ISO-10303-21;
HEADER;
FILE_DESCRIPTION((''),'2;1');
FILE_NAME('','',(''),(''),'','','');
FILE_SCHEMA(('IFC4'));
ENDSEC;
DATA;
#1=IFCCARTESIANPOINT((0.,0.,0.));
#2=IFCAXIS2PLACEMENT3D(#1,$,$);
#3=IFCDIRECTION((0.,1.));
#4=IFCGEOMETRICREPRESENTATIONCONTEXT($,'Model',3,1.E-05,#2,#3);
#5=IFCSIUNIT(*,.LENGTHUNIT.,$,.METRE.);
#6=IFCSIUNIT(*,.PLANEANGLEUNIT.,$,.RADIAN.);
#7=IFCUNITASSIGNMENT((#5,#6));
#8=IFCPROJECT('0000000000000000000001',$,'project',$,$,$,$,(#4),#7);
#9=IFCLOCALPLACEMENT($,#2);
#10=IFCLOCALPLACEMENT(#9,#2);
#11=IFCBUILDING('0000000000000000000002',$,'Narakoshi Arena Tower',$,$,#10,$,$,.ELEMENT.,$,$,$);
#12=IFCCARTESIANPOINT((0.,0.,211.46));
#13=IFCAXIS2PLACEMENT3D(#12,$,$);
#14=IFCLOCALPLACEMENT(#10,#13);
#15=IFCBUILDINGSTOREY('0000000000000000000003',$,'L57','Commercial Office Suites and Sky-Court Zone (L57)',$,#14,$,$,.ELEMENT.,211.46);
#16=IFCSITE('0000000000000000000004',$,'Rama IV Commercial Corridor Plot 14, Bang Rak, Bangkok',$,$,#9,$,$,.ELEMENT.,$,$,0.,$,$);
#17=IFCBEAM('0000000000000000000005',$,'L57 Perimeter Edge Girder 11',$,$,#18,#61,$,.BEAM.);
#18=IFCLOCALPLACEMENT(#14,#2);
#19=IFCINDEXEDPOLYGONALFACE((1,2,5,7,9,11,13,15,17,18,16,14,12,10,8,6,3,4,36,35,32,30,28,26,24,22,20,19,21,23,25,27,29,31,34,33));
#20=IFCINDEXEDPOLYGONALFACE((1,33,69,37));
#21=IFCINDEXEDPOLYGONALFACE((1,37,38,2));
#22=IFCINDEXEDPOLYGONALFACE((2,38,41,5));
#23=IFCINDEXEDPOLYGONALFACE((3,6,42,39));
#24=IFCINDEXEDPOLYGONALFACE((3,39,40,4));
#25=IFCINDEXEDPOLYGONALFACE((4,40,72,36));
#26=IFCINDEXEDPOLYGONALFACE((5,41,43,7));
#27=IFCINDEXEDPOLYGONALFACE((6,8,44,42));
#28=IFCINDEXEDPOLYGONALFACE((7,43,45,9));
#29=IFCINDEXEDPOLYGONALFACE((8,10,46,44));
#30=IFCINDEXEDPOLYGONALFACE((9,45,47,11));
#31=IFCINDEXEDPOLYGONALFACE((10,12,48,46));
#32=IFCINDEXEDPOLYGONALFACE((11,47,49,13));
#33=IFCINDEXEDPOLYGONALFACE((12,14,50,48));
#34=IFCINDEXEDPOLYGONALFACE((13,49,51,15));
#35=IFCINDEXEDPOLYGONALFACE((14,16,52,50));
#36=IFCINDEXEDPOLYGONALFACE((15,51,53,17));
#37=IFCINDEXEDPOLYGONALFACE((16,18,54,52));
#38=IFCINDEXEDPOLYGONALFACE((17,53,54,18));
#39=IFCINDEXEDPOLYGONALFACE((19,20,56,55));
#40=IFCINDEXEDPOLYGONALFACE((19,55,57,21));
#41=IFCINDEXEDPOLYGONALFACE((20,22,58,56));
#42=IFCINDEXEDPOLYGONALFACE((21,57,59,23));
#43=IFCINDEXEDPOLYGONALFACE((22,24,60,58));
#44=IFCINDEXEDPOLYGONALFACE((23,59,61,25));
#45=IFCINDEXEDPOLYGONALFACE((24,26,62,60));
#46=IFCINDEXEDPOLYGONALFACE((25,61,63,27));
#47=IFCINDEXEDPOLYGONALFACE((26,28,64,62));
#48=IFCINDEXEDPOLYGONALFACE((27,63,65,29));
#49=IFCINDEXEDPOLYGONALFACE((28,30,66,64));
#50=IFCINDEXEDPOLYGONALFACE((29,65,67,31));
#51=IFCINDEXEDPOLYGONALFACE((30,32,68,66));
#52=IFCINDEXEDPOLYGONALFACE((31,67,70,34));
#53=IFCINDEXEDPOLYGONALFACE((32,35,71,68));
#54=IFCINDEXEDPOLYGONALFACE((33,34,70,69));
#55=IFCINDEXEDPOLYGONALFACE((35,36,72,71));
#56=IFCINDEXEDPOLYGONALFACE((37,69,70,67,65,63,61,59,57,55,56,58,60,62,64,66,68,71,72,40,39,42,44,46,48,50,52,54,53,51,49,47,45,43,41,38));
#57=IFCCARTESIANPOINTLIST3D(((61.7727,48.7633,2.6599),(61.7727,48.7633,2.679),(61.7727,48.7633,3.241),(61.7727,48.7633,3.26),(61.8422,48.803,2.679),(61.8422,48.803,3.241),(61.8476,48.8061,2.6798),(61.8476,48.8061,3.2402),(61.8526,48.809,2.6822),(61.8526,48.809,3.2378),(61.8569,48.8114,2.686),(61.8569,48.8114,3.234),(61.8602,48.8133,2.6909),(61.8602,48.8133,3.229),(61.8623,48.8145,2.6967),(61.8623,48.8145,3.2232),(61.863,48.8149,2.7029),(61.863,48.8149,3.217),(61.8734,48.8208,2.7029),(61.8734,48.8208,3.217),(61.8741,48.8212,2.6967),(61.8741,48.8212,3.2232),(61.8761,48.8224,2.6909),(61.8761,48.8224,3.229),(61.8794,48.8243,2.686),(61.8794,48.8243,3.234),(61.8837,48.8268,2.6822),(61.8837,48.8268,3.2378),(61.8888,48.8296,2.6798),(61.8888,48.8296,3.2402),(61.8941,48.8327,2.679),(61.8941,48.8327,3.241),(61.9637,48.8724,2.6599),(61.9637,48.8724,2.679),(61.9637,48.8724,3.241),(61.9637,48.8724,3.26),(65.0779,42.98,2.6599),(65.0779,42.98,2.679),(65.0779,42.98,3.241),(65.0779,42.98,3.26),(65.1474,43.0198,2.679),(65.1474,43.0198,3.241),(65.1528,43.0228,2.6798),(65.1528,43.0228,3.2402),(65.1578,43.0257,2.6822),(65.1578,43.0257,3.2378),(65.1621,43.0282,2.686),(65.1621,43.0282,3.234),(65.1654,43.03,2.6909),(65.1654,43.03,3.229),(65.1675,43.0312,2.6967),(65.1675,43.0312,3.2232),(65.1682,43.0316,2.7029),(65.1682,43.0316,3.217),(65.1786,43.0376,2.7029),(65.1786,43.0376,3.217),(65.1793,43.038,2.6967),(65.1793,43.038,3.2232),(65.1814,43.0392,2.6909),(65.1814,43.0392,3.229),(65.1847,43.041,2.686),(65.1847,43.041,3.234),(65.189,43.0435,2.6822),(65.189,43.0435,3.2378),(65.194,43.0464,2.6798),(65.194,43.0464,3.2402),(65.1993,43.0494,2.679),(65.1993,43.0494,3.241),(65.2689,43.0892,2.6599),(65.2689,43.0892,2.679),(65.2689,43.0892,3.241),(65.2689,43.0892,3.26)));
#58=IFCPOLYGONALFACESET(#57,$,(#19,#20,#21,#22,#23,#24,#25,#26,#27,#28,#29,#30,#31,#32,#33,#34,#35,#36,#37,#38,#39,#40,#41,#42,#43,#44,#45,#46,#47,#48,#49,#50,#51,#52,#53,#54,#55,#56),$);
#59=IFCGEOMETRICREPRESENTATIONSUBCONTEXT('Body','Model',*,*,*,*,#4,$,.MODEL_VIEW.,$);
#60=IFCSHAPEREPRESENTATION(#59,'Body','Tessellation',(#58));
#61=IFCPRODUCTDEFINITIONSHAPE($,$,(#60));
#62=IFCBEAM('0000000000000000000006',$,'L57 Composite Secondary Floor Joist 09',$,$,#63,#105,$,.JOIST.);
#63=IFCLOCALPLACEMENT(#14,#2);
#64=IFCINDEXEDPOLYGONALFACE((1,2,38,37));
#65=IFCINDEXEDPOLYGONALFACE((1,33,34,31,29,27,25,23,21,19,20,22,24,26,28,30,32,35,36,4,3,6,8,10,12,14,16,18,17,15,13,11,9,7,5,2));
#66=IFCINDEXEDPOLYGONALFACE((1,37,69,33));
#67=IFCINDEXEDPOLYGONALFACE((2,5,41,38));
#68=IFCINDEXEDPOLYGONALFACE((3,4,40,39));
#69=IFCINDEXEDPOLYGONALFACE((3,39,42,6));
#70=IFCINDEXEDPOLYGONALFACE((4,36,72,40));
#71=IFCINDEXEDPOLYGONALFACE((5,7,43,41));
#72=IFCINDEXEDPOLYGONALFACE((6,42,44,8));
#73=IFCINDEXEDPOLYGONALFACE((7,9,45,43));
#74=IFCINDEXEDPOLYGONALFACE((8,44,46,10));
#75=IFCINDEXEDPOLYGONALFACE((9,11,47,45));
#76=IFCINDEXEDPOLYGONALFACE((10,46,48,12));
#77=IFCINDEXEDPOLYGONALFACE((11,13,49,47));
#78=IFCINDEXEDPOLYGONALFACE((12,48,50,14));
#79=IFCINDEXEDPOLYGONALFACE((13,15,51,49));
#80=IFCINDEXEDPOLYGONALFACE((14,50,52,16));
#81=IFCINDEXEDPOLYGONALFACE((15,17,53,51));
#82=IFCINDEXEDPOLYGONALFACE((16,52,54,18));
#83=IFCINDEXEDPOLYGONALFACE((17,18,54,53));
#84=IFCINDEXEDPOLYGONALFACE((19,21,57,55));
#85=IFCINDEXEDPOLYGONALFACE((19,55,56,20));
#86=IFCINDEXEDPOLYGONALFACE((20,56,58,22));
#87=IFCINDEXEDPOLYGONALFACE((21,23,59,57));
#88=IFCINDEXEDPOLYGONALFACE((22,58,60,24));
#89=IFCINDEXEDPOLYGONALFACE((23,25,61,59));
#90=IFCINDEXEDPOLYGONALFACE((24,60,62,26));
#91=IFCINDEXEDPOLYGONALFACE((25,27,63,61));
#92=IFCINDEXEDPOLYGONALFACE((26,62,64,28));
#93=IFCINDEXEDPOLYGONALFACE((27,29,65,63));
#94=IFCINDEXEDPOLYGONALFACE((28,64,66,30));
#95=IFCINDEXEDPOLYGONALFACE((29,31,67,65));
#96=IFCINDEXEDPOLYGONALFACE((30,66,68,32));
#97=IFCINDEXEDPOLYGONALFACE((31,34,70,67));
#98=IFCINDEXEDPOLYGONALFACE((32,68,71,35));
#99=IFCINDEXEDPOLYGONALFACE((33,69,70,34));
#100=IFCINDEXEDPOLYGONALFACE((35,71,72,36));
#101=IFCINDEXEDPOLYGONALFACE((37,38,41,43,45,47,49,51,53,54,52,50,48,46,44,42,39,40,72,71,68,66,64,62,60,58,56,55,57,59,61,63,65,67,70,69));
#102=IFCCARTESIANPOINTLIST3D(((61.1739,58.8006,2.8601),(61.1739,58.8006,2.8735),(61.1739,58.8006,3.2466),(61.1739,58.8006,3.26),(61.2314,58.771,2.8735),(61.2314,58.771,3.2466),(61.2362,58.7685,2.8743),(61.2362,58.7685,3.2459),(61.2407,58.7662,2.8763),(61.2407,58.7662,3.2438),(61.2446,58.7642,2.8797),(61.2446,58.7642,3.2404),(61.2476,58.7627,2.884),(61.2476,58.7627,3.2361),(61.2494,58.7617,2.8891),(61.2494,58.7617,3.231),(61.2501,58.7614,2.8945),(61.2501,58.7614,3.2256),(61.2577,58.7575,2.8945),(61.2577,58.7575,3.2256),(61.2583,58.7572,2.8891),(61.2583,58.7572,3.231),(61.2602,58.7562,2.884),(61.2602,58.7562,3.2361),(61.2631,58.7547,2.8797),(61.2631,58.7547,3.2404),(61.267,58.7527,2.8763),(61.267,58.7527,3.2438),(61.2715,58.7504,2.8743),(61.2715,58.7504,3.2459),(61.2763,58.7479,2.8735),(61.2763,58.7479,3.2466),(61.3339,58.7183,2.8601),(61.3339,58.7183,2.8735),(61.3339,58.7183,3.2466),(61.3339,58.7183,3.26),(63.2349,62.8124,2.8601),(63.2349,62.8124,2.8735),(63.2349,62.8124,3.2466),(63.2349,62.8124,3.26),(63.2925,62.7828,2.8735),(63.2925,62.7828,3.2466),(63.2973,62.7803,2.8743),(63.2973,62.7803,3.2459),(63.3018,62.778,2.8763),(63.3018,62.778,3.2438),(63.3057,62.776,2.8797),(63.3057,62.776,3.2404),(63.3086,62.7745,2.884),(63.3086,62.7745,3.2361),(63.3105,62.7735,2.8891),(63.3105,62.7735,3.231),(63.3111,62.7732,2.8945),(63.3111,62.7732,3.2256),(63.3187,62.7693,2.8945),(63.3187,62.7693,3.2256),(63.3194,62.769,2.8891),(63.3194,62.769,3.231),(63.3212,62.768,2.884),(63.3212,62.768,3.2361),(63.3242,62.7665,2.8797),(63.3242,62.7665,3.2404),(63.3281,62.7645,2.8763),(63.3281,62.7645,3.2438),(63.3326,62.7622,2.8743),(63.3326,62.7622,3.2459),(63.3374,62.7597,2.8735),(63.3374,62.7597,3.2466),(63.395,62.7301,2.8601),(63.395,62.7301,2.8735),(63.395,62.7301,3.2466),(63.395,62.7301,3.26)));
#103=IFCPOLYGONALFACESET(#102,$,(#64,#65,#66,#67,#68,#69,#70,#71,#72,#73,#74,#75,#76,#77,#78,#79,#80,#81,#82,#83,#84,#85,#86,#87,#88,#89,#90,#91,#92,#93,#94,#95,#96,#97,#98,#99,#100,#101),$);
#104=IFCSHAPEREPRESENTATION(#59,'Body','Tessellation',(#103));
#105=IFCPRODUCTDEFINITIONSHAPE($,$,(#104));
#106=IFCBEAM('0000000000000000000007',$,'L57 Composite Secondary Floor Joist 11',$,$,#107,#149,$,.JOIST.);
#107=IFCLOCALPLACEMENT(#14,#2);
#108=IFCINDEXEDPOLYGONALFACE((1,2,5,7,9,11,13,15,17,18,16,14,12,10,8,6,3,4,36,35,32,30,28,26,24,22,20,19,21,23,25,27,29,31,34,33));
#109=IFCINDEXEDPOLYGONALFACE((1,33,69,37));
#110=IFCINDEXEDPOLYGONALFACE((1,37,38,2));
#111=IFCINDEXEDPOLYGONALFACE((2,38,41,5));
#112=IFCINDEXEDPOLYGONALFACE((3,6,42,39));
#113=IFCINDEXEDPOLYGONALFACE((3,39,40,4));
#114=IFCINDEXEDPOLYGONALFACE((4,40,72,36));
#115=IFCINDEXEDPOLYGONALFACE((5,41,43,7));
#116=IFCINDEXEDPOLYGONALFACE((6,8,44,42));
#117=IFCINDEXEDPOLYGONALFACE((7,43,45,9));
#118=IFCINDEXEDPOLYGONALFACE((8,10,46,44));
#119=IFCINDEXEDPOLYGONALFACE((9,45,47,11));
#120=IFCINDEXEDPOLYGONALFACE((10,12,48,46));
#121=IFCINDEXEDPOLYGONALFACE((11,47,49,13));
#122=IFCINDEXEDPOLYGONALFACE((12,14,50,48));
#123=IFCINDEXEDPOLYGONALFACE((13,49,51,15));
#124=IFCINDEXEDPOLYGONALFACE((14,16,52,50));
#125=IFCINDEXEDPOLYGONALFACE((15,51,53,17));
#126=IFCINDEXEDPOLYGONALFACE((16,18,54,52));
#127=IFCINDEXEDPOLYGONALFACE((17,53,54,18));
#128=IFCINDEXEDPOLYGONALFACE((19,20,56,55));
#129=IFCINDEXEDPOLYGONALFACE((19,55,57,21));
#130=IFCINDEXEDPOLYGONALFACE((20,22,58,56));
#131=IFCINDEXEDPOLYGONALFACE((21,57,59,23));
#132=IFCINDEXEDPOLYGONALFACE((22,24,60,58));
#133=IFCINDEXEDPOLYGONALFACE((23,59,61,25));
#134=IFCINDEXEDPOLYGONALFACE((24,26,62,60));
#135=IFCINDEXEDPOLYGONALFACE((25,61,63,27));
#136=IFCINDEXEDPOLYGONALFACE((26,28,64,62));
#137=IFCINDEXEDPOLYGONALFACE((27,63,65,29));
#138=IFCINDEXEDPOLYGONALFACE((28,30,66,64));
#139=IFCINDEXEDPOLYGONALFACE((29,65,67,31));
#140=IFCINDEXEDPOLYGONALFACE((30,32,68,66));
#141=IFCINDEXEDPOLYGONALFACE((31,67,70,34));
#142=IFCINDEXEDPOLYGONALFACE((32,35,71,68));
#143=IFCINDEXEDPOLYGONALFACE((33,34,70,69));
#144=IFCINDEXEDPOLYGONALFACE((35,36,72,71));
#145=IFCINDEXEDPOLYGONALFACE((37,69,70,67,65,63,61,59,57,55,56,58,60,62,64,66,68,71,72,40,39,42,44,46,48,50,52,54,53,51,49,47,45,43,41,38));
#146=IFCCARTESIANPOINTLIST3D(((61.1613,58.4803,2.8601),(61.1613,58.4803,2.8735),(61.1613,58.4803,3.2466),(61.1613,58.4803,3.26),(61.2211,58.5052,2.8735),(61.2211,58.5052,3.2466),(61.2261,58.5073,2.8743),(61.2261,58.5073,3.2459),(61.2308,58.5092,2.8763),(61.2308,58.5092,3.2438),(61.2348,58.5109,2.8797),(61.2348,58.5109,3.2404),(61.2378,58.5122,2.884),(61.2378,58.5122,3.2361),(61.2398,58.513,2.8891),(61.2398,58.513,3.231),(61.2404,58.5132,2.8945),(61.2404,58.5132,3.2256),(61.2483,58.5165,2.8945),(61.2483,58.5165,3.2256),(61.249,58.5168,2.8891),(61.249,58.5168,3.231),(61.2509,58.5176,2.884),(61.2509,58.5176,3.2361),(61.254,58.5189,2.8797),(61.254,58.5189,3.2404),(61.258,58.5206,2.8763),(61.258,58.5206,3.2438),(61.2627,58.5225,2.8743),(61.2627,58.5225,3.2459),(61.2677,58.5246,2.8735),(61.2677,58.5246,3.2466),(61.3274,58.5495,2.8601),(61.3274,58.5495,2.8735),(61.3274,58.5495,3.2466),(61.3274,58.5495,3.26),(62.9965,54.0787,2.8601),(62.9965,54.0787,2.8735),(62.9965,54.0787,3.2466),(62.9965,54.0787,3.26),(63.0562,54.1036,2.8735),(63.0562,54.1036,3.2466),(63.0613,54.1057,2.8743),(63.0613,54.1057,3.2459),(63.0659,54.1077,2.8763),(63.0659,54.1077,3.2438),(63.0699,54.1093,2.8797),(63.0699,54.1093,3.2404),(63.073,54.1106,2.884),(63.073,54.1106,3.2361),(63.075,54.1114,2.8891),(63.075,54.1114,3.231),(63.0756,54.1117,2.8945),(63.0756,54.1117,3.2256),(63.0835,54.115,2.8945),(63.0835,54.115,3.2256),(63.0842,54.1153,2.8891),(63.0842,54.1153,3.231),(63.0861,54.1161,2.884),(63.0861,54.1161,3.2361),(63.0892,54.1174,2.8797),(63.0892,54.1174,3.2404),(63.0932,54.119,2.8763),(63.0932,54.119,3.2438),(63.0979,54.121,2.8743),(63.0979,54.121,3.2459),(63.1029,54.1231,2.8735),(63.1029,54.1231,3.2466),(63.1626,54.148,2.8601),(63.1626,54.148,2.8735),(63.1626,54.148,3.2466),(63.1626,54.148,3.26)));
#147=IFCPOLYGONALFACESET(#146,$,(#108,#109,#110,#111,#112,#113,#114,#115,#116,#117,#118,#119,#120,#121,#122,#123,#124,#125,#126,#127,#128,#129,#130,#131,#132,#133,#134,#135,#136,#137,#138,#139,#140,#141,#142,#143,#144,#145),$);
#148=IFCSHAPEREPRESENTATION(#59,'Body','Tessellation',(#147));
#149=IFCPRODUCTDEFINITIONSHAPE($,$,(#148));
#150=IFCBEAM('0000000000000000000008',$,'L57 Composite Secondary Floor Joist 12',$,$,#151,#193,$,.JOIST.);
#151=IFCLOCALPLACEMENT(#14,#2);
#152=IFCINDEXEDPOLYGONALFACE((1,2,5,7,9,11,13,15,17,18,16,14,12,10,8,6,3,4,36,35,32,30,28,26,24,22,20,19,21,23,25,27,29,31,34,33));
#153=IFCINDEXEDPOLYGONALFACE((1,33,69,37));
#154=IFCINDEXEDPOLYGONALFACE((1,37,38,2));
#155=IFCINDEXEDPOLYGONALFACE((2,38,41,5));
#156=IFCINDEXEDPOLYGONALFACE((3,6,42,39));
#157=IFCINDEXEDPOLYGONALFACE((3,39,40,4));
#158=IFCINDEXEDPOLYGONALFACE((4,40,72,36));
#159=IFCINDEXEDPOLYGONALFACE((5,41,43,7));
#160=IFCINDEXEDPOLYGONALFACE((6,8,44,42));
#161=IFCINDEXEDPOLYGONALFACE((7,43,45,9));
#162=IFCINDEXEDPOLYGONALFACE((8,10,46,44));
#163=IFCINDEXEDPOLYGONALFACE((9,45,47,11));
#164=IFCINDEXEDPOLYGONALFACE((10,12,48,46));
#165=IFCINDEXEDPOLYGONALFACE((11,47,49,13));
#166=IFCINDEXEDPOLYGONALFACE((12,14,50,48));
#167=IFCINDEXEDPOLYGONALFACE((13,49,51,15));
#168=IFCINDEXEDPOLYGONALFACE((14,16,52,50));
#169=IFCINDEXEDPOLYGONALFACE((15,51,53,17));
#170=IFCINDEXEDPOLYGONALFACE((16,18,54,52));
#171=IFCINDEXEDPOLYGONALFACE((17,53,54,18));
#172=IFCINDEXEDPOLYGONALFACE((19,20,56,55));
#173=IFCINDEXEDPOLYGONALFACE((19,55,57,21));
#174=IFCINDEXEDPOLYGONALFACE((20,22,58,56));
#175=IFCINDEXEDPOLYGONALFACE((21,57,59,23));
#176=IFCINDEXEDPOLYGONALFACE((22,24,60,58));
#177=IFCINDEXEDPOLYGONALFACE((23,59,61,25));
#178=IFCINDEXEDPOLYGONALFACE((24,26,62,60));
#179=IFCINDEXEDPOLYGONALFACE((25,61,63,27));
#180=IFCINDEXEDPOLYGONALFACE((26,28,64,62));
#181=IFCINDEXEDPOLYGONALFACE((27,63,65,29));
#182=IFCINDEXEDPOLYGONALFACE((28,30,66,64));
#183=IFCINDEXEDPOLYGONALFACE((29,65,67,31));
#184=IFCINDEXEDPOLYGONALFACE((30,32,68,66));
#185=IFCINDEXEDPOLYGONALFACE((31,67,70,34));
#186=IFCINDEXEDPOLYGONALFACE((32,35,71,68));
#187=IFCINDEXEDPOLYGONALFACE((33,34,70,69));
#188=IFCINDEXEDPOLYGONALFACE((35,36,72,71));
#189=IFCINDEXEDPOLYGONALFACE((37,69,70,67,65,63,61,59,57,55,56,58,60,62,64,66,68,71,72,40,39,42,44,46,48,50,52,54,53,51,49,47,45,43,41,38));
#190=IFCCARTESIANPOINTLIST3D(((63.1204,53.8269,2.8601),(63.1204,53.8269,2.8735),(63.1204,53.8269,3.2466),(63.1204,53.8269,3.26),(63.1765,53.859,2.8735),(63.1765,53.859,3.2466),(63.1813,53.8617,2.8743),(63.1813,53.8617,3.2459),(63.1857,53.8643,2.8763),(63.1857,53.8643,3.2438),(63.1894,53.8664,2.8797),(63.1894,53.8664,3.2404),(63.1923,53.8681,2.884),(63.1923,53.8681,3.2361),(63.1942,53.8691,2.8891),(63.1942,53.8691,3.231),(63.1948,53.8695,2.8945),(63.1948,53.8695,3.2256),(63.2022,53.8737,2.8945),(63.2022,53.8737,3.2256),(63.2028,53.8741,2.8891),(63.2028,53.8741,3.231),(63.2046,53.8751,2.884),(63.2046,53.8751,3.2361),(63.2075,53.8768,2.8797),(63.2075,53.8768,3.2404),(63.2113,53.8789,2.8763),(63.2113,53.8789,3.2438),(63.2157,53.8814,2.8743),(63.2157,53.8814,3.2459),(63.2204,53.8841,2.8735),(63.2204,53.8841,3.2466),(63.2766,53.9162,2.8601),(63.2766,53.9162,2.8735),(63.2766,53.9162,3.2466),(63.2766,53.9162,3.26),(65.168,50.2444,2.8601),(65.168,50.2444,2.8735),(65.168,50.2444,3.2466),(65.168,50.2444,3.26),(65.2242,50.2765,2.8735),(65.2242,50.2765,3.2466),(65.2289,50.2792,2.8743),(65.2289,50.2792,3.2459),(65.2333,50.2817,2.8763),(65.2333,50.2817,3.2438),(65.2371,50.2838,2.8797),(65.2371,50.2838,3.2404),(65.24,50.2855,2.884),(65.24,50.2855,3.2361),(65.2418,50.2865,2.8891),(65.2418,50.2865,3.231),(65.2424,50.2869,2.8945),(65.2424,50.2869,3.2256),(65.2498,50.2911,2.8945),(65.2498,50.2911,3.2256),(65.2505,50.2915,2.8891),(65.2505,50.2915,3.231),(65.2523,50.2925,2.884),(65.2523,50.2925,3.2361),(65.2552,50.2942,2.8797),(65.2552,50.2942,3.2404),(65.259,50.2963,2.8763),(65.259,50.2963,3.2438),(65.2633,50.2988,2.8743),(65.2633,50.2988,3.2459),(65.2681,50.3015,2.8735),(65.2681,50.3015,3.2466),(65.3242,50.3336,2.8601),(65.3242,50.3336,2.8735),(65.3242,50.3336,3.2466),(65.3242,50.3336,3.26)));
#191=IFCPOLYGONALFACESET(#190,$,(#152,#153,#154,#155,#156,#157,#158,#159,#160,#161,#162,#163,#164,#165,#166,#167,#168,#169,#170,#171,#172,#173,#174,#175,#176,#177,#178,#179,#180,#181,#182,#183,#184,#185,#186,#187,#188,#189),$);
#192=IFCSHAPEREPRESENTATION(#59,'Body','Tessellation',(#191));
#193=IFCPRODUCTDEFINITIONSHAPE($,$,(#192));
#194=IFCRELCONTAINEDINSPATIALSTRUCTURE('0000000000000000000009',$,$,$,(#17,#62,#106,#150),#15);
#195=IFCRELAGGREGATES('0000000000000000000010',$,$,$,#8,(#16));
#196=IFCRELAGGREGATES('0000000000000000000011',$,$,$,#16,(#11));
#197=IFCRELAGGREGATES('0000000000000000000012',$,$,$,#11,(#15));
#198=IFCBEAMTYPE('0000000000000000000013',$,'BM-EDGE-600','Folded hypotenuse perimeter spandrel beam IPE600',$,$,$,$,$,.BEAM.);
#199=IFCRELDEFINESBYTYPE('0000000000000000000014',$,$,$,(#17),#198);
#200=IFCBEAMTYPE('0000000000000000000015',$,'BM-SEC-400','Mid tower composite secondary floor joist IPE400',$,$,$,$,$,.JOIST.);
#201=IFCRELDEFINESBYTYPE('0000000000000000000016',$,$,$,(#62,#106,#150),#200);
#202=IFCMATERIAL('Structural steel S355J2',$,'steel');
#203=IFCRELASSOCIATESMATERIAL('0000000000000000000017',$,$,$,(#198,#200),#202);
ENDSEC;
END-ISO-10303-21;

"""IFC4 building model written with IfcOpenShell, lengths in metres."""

from ifc_helpers import new_model, si_unit, direction, frame, origin, origin_2d, place, context, subcontext, project, spatial, i_section, extrude, material, material_profile, profile_set, type_object, element, save


model = new_model("IFC4")

# Units and contexts
model_context = context("Model", 3, precision=1e-05, world=origin(), true_north=direction((0.0, 1.0)))
body_context = subcontext(model_context, "Body", "Model", "MODEL_VIEW")
ifc_project = project(units=[si_unit("LENGTHUNIT", "METRE"), si_unit("PLANEANGLEUNIT", "RADIAN")], contexts=[model_context])

# Site, building, storey
site_placement = place(None, origin())
site = spatial("IfcSite", under=ifc_project, at=site_placement, Name="Rama IV Commercial Corridor Plot 14, Bang Rak, Bangkok", CompositionType="ELEMENT", RefElevation=0.0)
building_placement = place(site_placement, origin())
building = spatial("IfcBuilding", under=site, at=building_placement, Name="Narakoshi Arena Tower", CompositionType="ELEMENT")
storey_placement = place(building_placement, frame((0.0, 0.0, 211.46)))
storey = spatial("IfcBuildingStorey", under=building, at=storey_placement, Name="L57", Description="Commercial Office Suites and Sky-Court Zone (L57)", CompositionType="ELEMENT", Elevation=211.46)

# Beams
ifc_material_1 = material(Name="Structural steel S355J2", Category="steel")
ifc_material_profile_1 = material_profile(ifc_material_1, i_section(OverallWidth=0.22, OverallDepth=0.6001, WebThickness=0.012, FlangeThickness=0.019, FilletRadius=0.0239, at=origin_2d()), Name="IPE600")
ifc_profile_set_1 = profile_set([ifc_material_profile_1], Name="Structural steel S355J2")
beam_type_1 = type_object("IfcBeamType", Name="BM-EDGE-600", Description="Folded hypotenuse perimeter spandrel beam IPE600", PredefinedType="BEAM", material=ifc_profile_set_1)
for number, where, z_axis, x_axis, name in (
    (1, (61.8682, 48.8179, 2.96), (0.496194, -0.868212, 0.0), (0.868212, 0.496194, 0.0), "L57 Perimeter Edge Girder 11"),
):
    element("IfcBeam", number, at=place(storey_placement, frame(where, z_axis=z_axis, x_axis=x_axis)), inside=storey, type_object=beam_type_1, Name=name, PredefinedType="BEAM", context=body_context, shape_type="SweptSolid", body=[
        extrude(i_section(OverallWidth=0.22, OverallDepth=0.6001, WebThickness=0.012, FlangeThickness=0.019, FilletRadius=0.0239, at=origin_2d()), origin(), (0.0, 0.0, 1.0), 6.6611),
    ])
ifc_material_profile_2 = material_profile(ifc_material_1, i_section(OverallWidth=0.1799, OverallDepth=0.3999, WebThickness=0.0085, FlangeThickness=0.0134, FilletRadius=0.021, at=origin_2d()), Name="IPE400")
ifc_profile_set_2 = profile_set([ifc_material_profile_2], Name="Structural steel S355J2")
beam_type_2 = type_object("IfcBeamType", Name="BM-SEC-400", Description="Mid tower composite secondary floor joist IPE400", PredefinedType="JOIST", material=ifc_profile_set_2)
beam_1_placement = place(storey_placement, frame((63.3149, 62.7712, 3.0601), z_axis=(-0.456974, -0.88948, 0.0), x_axis=(0.88948, -0.456974, 0.0)))
element("IfcBeam", 2, at=beam_1_placement, inside=storey, type_object=beam_type_2, Name="L57 Composite Secondary Floor Joist 09", PredefinedType="JOIST", context=body_context, shape_type="SweptSolid", body=[
    extrude(i_section(OverallWidth=0.1799, OverallDepth=0.3999, WebThickness=0.0085, FlangeThickness=0.0134, FilletRadius=0.021, at=origin_2d()), origin(), (0.0, 0.0, 1.0), 4.5103),
])
beam_2_placement = place(storey_placement, frame((61.2444, 58.5149, 3.0601), z_axis=(0.38483, -0.922988, 0.0), x_axis=(0.922988, 0.38483, 0.0)))
element("IfcBeam", 3, at=beam_2_placement, inside=storey, type_object=beam_type_2, Name="L57 Composite Secondary Floor Joist 11", PredefinedType="JOIST", context=body_context, shape_type="SweptSolid", body=[
    extrude(i_section(OverallWidth=0.1799, OverallDepth=0.3999, WebThickness=0.0085, FlangeThickness=0.0134, FilletRadius=0.021, at=origin_2d()), origin(), (0.0, 0.0, 1.0), 4.7688),
])
beam_3_placement = place(storey_placement, frame((63.1985, 53.8716, 3.0601), z_axis=(0.496222, -0.868196, 0.0), x_axis=(0.868196, 0.496222, 0.0)))
element("IfcBeam", 4, at=beam_3_placement, inside=storey, type_object=beam_type_2, Name="L57 Composite Secondary Floor Joist 12", PredefinedType="JOIST", context=body_context, shape_type="SweptSolid", body=[
    extrude(i_section(OverallWidth=0.1799, OverallDepth=0.3999, WebThickness=0.0085, FlangeThickness=0.0134, FilletRadius=0.021, at=origin_2d()), origin(), (0.0, 0.0, 1.0), 4.1265),
])

save(model, "model.ifc")
